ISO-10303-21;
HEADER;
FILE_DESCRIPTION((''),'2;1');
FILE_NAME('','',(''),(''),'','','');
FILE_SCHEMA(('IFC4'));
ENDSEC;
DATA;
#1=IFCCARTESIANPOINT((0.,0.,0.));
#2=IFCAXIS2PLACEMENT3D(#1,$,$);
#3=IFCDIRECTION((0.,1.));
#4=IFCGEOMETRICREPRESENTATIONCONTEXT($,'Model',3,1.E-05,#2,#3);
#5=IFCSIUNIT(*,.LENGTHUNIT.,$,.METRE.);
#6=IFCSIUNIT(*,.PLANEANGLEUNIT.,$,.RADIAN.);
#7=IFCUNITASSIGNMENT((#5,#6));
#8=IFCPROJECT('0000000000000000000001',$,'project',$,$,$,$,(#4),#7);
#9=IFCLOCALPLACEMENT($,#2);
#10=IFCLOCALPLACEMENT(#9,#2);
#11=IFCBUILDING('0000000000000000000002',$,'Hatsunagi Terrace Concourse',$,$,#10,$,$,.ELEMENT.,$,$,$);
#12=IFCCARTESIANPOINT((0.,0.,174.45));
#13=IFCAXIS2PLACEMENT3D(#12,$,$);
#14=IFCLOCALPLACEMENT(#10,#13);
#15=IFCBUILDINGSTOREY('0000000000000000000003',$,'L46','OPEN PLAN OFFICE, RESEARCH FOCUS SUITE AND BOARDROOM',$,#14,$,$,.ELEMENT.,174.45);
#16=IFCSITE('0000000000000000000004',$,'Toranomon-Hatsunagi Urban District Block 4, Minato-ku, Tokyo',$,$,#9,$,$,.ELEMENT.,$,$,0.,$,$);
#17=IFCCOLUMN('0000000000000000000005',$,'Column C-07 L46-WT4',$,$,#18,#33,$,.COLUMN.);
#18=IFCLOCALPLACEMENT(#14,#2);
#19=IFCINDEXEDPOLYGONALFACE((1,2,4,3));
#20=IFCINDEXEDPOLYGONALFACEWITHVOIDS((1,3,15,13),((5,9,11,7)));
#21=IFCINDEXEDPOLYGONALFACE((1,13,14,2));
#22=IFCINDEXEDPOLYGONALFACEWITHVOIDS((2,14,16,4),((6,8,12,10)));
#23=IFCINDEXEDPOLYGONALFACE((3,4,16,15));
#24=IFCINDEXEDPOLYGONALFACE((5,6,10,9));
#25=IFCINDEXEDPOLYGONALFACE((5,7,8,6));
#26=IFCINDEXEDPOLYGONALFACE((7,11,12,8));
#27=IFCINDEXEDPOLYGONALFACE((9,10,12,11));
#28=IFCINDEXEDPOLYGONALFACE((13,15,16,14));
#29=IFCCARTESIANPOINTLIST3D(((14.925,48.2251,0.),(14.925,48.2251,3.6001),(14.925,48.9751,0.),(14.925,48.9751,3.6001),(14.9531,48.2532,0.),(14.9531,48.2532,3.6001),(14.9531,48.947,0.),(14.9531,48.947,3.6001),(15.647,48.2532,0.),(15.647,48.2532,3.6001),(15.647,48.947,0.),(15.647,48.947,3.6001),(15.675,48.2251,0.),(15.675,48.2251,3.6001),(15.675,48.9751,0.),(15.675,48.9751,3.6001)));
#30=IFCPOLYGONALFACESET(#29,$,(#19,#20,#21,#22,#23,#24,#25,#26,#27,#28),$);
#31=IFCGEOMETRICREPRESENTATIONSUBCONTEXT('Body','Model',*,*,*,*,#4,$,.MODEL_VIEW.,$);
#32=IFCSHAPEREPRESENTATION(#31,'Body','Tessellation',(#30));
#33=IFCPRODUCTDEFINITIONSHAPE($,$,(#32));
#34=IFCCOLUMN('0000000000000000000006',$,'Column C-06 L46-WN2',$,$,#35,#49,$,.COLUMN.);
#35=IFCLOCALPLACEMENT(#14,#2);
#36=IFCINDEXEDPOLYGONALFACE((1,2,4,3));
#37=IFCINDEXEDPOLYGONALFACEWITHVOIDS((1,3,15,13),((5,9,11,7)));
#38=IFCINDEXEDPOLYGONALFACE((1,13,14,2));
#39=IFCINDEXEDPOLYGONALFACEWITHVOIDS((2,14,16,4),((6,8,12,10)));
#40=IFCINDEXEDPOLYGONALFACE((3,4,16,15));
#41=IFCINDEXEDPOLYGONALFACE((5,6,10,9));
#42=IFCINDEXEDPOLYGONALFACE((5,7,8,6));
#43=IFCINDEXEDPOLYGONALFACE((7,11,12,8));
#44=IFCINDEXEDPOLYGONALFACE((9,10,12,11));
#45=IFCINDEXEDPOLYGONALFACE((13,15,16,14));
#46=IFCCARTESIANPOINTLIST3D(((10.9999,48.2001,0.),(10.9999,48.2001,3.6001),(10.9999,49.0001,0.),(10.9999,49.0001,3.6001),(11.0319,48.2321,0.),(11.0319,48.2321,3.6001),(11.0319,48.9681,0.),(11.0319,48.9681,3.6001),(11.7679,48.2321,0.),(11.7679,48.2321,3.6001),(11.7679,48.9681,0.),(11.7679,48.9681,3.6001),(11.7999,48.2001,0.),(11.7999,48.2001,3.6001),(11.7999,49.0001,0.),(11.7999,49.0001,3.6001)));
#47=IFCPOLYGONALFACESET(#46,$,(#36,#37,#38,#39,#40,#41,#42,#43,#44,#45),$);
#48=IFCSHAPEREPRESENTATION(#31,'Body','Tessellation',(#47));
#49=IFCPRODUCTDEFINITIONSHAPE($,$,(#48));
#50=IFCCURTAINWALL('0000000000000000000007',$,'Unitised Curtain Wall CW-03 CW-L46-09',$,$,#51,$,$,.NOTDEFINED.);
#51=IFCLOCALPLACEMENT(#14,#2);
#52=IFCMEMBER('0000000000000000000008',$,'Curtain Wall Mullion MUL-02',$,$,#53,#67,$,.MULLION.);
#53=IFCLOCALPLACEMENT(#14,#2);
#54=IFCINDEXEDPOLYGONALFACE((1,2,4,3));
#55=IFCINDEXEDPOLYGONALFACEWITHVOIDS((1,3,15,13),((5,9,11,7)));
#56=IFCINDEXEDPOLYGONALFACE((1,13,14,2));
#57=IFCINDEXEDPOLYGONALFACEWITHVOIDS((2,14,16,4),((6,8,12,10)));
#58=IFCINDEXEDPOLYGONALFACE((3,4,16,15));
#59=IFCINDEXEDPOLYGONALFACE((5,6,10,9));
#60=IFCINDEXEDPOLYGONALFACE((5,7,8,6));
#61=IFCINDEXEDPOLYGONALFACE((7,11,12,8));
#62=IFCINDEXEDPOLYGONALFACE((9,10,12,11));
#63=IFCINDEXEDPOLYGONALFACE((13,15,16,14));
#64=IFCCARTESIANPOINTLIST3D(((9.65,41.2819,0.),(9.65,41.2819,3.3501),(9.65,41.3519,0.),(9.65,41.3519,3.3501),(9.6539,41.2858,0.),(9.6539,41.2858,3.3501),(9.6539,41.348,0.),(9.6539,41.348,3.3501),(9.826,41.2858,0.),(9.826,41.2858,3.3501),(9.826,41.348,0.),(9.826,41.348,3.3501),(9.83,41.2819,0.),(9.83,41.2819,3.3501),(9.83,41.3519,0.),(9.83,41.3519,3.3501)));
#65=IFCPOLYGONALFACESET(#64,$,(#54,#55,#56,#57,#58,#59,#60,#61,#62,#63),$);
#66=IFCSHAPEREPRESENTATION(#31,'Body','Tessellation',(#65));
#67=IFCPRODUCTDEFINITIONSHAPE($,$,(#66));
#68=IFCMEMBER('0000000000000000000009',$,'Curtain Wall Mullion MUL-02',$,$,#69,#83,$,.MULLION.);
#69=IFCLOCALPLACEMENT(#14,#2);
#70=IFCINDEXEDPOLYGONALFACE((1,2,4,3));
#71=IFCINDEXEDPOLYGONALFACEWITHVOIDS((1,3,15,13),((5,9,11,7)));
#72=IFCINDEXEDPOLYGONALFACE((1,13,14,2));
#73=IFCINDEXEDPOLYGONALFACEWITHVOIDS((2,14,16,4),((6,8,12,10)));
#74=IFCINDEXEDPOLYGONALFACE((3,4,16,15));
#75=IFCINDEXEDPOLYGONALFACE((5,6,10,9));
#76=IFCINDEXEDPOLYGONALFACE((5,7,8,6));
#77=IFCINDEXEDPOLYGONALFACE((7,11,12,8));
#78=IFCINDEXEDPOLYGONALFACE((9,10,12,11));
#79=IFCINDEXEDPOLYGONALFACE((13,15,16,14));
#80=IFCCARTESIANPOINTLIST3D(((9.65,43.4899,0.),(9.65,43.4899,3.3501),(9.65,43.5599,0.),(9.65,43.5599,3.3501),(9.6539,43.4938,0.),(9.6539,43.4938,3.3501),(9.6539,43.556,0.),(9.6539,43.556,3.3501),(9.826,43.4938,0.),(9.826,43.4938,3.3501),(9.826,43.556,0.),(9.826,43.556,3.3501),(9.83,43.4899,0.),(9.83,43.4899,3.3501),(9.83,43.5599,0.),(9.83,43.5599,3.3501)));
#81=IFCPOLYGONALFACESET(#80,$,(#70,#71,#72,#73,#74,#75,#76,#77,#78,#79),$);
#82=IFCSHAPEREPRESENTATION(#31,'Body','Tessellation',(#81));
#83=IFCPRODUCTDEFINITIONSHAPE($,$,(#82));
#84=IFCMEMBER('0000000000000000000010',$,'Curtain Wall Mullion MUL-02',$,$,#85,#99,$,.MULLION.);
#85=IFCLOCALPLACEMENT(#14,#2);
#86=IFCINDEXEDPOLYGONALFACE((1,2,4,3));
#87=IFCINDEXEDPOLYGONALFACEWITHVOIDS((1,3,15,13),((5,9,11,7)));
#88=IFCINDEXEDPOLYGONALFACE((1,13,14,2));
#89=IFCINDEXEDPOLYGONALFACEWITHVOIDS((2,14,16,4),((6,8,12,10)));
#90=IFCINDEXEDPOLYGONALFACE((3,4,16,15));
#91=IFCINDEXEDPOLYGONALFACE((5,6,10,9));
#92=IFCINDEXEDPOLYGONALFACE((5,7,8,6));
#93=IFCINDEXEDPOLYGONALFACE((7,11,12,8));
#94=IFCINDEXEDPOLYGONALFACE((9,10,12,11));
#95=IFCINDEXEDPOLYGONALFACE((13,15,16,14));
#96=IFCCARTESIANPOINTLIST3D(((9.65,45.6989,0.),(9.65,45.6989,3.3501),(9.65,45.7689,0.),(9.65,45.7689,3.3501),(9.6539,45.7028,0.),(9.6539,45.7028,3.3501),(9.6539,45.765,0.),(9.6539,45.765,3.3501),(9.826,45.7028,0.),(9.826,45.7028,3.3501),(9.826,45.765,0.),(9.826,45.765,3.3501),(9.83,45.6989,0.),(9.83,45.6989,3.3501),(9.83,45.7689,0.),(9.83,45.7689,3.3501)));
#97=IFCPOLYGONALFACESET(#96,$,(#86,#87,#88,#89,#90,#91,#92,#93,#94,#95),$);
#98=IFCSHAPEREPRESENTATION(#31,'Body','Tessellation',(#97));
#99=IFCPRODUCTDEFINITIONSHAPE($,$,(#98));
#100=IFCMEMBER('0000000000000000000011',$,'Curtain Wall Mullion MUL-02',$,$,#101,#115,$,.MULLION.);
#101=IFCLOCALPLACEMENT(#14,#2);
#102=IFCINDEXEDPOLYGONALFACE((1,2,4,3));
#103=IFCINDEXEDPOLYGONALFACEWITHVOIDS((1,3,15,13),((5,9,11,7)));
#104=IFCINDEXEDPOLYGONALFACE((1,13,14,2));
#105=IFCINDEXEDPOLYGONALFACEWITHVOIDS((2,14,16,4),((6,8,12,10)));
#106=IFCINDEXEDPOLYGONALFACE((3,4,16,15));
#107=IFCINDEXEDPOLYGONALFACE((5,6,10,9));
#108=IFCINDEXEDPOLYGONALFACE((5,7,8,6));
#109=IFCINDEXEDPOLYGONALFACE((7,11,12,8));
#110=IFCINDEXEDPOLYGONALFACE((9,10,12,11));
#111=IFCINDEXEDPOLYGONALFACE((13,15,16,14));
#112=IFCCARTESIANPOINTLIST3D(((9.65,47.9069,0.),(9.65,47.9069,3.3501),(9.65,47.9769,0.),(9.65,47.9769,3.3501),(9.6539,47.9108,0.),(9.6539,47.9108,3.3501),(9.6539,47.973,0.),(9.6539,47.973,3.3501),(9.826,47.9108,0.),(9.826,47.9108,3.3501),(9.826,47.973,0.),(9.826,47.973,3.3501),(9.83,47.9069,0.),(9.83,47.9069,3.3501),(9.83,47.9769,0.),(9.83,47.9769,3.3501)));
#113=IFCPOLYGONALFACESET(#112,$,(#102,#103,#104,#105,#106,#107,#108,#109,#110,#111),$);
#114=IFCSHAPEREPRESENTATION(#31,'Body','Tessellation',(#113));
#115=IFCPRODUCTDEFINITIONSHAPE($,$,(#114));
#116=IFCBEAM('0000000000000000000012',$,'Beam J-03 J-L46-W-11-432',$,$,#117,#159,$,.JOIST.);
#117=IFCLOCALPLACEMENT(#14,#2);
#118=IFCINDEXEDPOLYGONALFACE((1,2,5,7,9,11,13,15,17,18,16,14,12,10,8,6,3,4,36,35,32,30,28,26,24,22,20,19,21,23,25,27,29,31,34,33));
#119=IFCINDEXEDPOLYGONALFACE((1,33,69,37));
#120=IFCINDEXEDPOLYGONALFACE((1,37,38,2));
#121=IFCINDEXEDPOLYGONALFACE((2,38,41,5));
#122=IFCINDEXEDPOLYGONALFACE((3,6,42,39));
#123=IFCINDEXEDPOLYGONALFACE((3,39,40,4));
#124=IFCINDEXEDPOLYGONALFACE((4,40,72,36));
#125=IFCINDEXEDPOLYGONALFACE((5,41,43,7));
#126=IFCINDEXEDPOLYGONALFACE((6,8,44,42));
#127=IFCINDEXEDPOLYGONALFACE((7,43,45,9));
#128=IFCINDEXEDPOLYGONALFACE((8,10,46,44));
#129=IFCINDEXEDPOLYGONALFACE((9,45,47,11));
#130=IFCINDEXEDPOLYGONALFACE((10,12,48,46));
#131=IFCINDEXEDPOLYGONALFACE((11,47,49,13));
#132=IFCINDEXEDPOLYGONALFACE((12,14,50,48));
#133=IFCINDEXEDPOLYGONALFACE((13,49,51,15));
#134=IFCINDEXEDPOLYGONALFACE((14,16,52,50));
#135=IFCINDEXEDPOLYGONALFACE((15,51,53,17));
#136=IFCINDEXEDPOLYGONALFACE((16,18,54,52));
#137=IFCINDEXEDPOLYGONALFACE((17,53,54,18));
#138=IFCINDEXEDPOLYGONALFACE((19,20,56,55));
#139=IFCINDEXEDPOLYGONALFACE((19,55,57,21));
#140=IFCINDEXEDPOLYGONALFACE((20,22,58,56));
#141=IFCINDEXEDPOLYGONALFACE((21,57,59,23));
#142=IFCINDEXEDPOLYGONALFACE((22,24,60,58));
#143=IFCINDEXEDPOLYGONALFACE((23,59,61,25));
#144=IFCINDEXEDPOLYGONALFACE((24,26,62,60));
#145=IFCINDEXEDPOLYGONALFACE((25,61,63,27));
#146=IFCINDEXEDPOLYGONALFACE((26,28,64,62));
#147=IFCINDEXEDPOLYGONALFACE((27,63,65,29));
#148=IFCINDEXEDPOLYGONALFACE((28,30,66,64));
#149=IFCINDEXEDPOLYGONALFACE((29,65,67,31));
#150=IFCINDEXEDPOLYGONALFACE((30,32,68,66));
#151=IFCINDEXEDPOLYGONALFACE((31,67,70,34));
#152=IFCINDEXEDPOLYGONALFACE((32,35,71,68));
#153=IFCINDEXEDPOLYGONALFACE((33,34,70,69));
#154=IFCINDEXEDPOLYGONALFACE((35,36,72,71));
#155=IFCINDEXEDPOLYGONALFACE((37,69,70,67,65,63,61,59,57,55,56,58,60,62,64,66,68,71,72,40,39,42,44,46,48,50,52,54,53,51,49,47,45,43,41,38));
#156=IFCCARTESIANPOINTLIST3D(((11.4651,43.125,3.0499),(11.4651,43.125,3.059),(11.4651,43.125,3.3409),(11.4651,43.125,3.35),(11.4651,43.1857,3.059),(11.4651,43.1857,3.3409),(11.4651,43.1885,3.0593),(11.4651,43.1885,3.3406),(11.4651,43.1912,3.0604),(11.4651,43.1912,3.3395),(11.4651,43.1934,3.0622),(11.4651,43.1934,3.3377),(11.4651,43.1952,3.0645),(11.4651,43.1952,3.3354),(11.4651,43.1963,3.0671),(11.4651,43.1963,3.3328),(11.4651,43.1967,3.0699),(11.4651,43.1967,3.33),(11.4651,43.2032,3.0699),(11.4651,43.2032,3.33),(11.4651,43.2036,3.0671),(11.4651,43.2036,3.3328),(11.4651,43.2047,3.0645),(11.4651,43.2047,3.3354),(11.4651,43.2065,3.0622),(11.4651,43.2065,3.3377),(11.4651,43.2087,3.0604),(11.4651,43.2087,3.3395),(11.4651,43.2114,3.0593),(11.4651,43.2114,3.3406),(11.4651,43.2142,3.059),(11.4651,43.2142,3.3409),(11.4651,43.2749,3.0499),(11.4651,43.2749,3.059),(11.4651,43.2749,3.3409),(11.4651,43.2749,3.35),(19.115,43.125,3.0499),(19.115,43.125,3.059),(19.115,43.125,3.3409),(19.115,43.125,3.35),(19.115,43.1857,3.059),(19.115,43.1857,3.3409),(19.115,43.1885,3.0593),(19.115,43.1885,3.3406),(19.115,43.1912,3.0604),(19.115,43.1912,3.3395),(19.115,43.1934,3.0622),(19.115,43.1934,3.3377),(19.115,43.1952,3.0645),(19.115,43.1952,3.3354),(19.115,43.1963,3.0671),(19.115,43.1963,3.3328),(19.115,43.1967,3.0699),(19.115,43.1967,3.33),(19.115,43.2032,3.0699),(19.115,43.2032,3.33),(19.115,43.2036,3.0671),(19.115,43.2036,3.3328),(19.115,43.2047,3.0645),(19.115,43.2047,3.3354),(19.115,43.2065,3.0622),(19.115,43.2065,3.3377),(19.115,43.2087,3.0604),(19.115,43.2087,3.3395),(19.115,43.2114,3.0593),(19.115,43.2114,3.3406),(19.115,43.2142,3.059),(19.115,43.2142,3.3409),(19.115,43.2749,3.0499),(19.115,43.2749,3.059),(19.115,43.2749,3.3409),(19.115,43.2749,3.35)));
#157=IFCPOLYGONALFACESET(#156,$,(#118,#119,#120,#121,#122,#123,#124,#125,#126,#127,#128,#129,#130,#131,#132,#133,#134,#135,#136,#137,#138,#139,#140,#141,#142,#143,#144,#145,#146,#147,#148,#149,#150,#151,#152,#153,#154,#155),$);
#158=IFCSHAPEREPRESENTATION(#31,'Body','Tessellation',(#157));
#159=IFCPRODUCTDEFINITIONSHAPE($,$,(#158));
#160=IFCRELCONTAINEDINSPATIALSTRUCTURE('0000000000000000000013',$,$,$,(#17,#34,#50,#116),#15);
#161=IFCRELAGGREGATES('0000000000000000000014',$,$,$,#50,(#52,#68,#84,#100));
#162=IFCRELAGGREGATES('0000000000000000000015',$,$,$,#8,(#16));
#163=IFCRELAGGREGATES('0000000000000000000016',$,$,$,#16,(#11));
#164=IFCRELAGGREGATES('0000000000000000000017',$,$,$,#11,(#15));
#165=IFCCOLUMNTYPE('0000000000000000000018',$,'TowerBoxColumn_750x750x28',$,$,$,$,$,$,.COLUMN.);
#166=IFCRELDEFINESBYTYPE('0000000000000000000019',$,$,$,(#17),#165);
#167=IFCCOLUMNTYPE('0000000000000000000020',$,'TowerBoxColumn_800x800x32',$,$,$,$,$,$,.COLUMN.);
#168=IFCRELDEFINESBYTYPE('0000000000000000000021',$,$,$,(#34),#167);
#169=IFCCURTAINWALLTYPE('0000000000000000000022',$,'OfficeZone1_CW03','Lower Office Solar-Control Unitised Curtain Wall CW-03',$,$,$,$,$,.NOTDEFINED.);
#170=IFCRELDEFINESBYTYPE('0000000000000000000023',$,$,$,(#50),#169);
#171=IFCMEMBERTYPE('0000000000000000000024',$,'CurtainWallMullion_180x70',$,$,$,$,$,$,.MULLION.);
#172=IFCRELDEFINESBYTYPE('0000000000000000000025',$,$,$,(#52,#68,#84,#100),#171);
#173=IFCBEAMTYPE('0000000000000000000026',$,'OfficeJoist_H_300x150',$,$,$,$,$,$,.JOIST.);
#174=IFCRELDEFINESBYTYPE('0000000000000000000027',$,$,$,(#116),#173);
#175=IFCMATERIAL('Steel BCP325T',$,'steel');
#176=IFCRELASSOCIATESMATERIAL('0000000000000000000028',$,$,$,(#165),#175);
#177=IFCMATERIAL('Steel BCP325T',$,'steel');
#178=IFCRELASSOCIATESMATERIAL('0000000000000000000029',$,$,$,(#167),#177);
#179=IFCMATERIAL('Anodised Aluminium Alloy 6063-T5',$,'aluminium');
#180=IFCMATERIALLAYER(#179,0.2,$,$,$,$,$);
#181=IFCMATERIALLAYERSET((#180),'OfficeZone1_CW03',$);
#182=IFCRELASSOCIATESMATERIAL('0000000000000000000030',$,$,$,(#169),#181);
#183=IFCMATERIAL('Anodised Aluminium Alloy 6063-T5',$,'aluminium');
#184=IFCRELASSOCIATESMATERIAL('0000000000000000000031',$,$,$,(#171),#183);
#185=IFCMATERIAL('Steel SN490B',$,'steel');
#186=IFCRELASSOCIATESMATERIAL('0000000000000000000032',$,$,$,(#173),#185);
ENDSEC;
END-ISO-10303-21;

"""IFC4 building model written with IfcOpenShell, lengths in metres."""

from ifc_helpers import new_model, si_unit, direction, frame, origin, origin_2d, place, context, subcontext, project, spatial, hollow_rectangle, i_section, extrude, material, layer, layer_set, material_profile, profile_set, type_object, element, aggregate, save


model = new_model("IFC4")

# Units and contexts
model_context = context("Model", 3, precision=1e-05, world=origin(), true_north=direction((0.0, 1.0)))
body_context = subcontext(model_context, "Body", "Model", "MODEL_VIEW")
ifc_project = project(units=[si_unit("LENGTHUNIT", "METRE"), si_unit("PLANEANGLEUNIT", "RADIAN")], contexts=[model_context])

# Site, building, storey
site_placement = place(None, origin())
site = spatial("IfcSite", under=ifc_project, at=site_placement, Name="Toranomon-Hatsunagi Urban District Block 4, Minato-ku, Tokyo", CompositionType="ELEMENT", RefElevation=0.0)
building_placement = place(site_placement, origin())
building = spatial("IfcBuilding", under=site, at=building_placement, Name="Hatsunagi Terrace Concourse", CompositionType="ELEMENT")
storey_placement = place(building_placement, frame((0.0, 0.0, 174.45)))
storey = spatial("IfcBuildingStorey", under=building, at=storey_placement, Name="L46", Description="OPEN PLAN OFFICE, RESEARCH FOCUS SUITE AND BOARDROOM", CompositionType="ELEMENT", Elevation=174.45)

# Columns
ifc_material_1 = material(Name="Steel BCP325T", Category="steel")
ifc_material_profile_1 = material_profile(ifc_material_1, hollow_rectangle(XDim=0.75, YDim=0.75, WallThickness=0.0281, at=origin_2d()), Name="BCP-750x750x28")
ifc_profile_set_1 = profile_set([ifc_material_profile_1], Name="Steel BCP325T")
column_type_1 = type_object("IfcColumnType", Name="TowerBoxColumn_750x750x28", PredefinedType="COLUMN", material=ifc_profile_set_1)
column_1_placement = place(storey_placement, frame((15.3, 48.6001, 0.0), z_axis=(0.0, 0.0, 1.0), x_axis=(1.0, 0.0, 0.0)))
element("IfcColumn", 1, at=column_1_placement, inside=storey, type_object=column_type_1, Name="Column C-07 L46-WT4", PredefinedType="COLUMN", context=body_context, shape_type="SweptSolid", body=[
    extrude(hollow_rectangle(XDim=0.75, YDim=0.75, WallThickness=0.0281, at=origin_2d()), origin(), (0.0, 0.0, 1.0), 3.6001),
])
ifc_material_2 = material(Name="Steel BCP325T", Category="steel")
ifc_material_profile_2 = material_profile(ifc_material_2, hollow_rectangle(XDim=0.8, YDim=0.8, WallThickness=0.032, at=origin_2d()), Name="BCP-800x800x32")
ifc_profile_set_2 = profile_set([ifc_material_profile_2], Name="Steel BCP325T")
column_type_2 = type_object("IfcColumnType", Name="TowerBoxColumn_800x800x32", PredefinedType="COLUMN", material=ifc_profile_set_2)
column_2_placement = place(storey_placement, frame((11.3999, 48.6001, 0.0), z_axis=(0.0, 0.0, 1.0), x_axis=(1.0, 0.0, 0.0)))
element("IfcColumn", 2, at=column_2_placement, inside=storey, type_object=column_type_2, Name="Column C-06 L46-WN2", PredefinedType="COLUMN", context=body_context, shape_type="SweptSolid", body=[
    extrude(hollow_rectangle(XDim=0.8, YDim=0.8, WallThickness=0.032, at=origin_2d()), origin(), (0.0, 0.0, 1.0), 3.6001),
])

# Curtain wall, members
ifc_material_3 = material(Name="Anodised Aluminium Alloy 6063-T5", Category="aluminium")
ifc_layer_1 = layer(ifc_material_3, 0.2)
ifc_layer_set_1 = layer_set([ifc_layer_1], Name="OfficeZone1_CW03")
curtain_wall_type = type_object("IfcCurtainWallType", Name="OfficeZone1_CW03", Description="Lower Office Solar-Control Unitised Curtain Wall CW-03", PredefinedType="NOTDEFINED", material=ifc_layer_set_1)
curtain_wall_placement = place(storey_placement, origin())
curtain_wall = element("IfcCurtainWall", 3, at=curtain_wall_placement, inside=storey, type_object=curtain_wall_type, Name="Unitised Curtain Wall CW-03 CW-L46-09", PredefinedType="NOTDEFINED")
ifc_material_4 = material(Name="Anodised Aluminium Alloy 6063-T5", Category="aluminium")
ifc_material_profile_3 = material_profile(ifc_material_4, hollow_rectangle(XDim=0.0701, YDim=0.1799, WallThickness=0.0039, at=origin_2d()), Name="ALU-MUL-180x70x4")
ifc_profile_set_3 = profile_set([ifc_material_profile_3], Name="Anodised Aluminium Alloy 6063-T5")
member_type = type_object("IfcMemberType", Name="CurtainWallMullion_180x70", PredefinedType="MULLION", material=ifc_profile_set_3)
member_1_placement = place(storey_placement, frame((9.74, 41.3169, 0.0), z_axis=(0.0, 0.0, 1.0), x_axis=(0.0, 1.0, 0.0)))
member_1 = element("IfcMember", 4, at=member_1_placement, type_object=member_type, Name="Curtain Wall Mullion MUL-02", PredefinedType="MULLION", context=body_context, shape_type="SweptSolid", body=[
    extrude(hollow_rectangle(XDim=0.0701, YDim=0.1799, WallThickness=0.0039, at=origin_2d()), origin(), (0.0, 0.0, 1.0), 3.3501),
])
member_2_placement = place(storey_placement, frame((9.74, 43.5249, 0.0), z_axis=(0.0, 0.0, 1.0), x_axis=(0.0, 1.0, 0.0)))
member_2 = element("IfcMember", 5, at=member_2_placement, type_object=member_type, Name="Curtain Wall Mullion MUL-02", PredefinedType="MULLION", context=body_context, shape_type="SweptSolid", body=[
    extrude(hollow_rectangle(XDim=0.0701, YDim=0.1799, WallThickness=0.0039, at=origin_2d()), origin(), (0.0, 0.0, 1.0), 3.3501),
])
member_3_placement = place(storey_placement, frame((9.74, 45.7339, 0.0), z_axis=(0.0, 0.0, 1.0), x_axis=(0.0, 1.0, 0.0)))
member_3 = element("IfcMember", 6, at=member_3_placement, type_object=member_type, Name="Curtain Wall Mullion MUL-02", PredefinedType="MULLION", context=body_context, shape_type="SweptSolid", body=[
    extrude(hollow_rectangle(XDim=0.0701, YDim=0.1799, WallThickness=0.0039, at=origin_2d()), origin(), (0.0, 0.0, 1.0), 3.3501),
])
member_4_placement = place(storey_placement, frame((9.74, 47.9419, 0.0), z_axis=(0.0, 0.0, 1.0), x_axis=(0.0, 1.0, 0.0)))
member_4 = element("IfcMember", 7, at=member_4_placement, type_object=member_type, Name="Curtain Wall Mullion MUL-02", PredefinedType="MULLION", context=body_context, shape_type="SweptSolid", body=[
    extrude(hollow_rectangle(XDim=0.0701, YDim=0.1799, WallThickness=0.0039, at=origin_2d()), origin(), (0.0, 0.0, 1.0), 3.3501),
])

# Beam
ifc_material_5 = material(Name="Steel SN490B", Category="steel")
ifc_material_profile_4 = material_profile(ifc_material_5, i_section(OverallWidth=0.1499, OverallDepth=0.3, WebThickness=0.0066, FlangeThickness=0.009, FilletRadius=0.011, at=origin_2d()), Name="H-300x150x6.5x9")
ifc_profile_set_4 = profile_set([ifc_material_profile_4], Name="Steel SN490B")
beam_type_1 = type_object("IfcBeamType", Name="OfficeJoist_H_300x150", PredefinedType="JOIST", material=ifc_profile_set_4)
for number, where, z_axis, x_axis, name in (
    (8, (11.4651, 43.2, 3.2), (1.0, 0.0, 0.0), (0.0, 1.0, 0.0), "Beam J-03 J-L46-W-11-432"),
):
    element("IfcBeam", number, at=place(storey_placement, frame(where, z_axis=z_axis, x_axis=x_axis)), inside=storey, type_object=beam_type_1, Name=name, PredefinedType="JOIST", context=body_context, shape_type="SweptSolid", body=[
        extrude(i_section(OverallWidth=0.1499, OverallDepth=0.3, WebThickness=0.0066, FlangeThickness=0.009, FilletRadius=0.011, at=origin_2d()), origin(), (0.0, 0.0, 1.0), 7.6499),
    ])

aggregate(curtain_wall, [member_1, member_2, member_3, member_4])

save(model, "model.ifc")
